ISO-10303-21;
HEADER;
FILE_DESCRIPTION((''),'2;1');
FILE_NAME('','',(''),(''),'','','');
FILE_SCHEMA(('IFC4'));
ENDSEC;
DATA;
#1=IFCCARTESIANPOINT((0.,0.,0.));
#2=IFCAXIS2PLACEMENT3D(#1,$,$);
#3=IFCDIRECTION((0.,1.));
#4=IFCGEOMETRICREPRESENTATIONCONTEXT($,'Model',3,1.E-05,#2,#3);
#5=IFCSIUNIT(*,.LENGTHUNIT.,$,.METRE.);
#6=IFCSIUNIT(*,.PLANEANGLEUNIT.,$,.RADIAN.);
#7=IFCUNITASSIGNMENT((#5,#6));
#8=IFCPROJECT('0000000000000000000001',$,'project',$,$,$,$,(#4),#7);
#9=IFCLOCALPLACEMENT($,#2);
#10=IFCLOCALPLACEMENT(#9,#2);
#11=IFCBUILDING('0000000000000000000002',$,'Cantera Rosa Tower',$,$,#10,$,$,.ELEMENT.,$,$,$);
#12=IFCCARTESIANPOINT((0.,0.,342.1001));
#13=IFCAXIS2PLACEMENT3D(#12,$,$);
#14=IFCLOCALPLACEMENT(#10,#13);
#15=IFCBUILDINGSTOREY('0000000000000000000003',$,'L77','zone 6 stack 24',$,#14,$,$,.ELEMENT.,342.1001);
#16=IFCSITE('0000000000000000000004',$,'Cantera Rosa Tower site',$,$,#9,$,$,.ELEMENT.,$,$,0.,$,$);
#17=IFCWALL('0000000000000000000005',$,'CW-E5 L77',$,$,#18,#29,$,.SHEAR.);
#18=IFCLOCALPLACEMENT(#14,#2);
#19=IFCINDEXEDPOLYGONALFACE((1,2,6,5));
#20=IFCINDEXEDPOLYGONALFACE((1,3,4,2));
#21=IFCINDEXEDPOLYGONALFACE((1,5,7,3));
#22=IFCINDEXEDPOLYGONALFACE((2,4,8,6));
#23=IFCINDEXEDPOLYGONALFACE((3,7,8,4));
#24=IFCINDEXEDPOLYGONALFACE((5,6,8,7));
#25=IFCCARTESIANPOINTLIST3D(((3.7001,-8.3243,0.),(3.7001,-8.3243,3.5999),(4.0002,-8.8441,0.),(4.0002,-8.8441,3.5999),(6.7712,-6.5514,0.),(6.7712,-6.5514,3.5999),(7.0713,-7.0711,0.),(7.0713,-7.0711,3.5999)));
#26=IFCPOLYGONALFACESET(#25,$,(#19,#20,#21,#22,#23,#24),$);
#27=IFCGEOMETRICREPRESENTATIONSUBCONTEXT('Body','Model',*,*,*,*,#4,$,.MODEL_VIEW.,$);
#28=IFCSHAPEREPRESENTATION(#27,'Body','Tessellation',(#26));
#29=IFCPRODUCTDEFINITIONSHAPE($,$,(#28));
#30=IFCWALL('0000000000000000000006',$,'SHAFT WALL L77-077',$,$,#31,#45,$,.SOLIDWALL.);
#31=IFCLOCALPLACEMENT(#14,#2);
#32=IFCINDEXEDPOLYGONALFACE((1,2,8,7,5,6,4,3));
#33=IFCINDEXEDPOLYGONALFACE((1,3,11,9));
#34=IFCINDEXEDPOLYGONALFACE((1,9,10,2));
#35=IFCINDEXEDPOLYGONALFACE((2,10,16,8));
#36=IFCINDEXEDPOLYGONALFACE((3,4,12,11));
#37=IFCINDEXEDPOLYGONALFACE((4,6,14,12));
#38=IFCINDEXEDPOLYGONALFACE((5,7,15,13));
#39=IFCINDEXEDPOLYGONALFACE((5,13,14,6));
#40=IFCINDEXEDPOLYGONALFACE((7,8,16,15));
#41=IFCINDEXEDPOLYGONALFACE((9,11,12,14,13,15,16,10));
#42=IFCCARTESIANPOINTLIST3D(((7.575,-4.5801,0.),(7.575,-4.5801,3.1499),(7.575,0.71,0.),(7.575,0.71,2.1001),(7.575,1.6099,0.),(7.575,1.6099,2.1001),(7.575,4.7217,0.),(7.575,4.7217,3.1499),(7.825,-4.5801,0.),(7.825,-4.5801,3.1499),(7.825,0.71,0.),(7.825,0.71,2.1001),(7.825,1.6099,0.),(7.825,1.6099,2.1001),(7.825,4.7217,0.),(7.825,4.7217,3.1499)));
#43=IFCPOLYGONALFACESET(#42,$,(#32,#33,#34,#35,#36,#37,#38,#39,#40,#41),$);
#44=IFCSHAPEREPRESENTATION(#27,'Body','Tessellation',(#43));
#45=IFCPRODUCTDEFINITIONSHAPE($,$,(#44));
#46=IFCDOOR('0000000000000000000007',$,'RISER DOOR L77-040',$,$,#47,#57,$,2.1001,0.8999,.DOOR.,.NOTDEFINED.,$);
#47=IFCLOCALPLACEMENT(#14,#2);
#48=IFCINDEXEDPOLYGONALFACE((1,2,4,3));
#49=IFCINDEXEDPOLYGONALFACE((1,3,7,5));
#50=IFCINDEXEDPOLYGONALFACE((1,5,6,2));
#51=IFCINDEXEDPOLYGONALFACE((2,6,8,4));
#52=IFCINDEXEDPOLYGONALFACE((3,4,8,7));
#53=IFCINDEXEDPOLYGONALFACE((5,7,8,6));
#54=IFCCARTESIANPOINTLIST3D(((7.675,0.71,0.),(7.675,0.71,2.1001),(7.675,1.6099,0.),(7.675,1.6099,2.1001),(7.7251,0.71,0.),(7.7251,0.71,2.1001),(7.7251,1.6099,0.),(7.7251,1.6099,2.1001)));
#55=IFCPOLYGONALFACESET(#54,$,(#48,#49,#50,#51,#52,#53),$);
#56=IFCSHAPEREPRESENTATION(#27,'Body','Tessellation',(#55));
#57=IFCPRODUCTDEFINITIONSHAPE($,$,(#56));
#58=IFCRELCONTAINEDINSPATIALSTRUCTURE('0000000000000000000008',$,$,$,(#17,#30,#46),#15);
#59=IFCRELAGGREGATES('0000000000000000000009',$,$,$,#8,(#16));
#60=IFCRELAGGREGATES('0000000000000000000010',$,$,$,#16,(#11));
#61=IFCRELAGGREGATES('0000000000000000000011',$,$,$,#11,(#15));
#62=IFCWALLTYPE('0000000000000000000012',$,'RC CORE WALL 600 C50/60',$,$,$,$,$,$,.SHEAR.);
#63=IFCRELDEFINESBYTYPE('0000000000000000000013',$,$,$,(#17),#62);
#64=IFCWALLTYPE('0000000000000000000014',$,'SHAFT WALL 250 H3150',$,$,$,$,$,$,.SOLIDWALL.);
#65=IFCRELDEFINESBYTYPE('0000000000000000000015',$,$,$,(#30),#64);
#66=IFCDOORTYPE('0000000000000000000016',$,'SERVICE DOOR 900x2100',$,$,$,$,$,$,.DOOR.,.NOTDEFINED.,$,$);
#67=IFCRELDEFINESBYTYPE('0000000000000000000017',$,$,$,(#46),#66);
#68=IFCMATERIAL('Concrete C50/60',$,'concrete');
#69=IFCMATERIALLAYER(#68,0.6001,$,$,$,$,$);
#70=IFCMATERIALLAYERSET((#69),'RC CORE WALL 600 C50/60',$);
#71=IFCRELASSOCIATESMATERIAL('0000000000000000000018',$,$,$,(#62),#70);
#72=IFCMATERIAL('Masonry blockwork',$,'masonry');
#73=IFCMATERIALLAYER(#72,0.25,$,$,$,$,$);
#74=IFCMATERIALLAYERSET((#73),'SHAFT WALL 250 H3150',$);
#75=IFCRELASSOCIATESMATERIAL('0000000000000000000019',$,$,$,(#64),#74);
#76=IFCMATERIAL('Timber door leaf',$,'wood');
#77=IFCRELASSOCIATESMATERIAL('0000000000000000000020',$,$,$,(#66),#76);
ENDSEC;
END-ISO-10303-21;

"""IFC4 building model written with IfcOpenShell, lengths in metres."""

from ifc_helpers import new_model, si_unit, direction, frame, frame_2d, origin, place, context, subcontext, project, spatial, rectangle, extrude, material, layer, layer_set, type_object, element, fill, save


model = new_model("IFC4")

# Units and contexts
model_context = context("Model", 3, precision=1e-05, world=origin(), true_north=direction((0.0, 1.0)))
body_context = subcontext(model_context, "Body", "Model", "MODEL_VIEW")
ifc_project = project(units=[si_unit("LENGTHUNIT", "METRE"), si_unit("PLANEANGLEUNIT", "RADIAN")], contexts=[model_context])

# Site, building, storey
site_placement = place(None, origin())
site = spatial("IfcSite", under=ifc_project, at=site_placement, Name="Cantera Rosa Tower site", CompositionType="ELEMENT", RefElevation=0.0)
building_placement = place(site_placement, origin())
building = spatial("IfcBuilding", under=site, at=building_placement, Name="Cantera Rosa Tower", CompositionType="ELEMENT")
storey_placement = place(building_placement, frame((0.0, 0.0, 342.1001)))
storey = spatial("IfcBuildingStorey", under=building, at=storey_placement, Name="L77", Description="zone 6 stack 24", CompositionType="ELEMENT", Elevation=342.1001)

# Wall
ifc_material_1 = material(Name="Concrete C50/60", Category="concrete")
ifc_layer_1 = layer(ifc_material_1, 0.6001)
ifc_layer_set_1 = layer_set([ifc_layer_1], Name="RC CORE WALL 600 C50/60")
wall_type_1 = type_object("IfcWallType", Name="RC CORE WALL 600 C50/60", PredefinedType="SHEAR", material=ifc_layer_set_1)
wall_1_placement = place(storey_placement, frame((6.9211, -6.8113, 0.0), z_axis=(0.0, 0.0, 1.0), x_axis=(-0.86604, -0.499975, 0.0)))
element("IfcWall", 1, at=wall_1_placement, inside=storey, type_object=wall_type_1, Name="CW-E5 L77", PredefinedType="SHEAR", context=body_context, shape_type="SweptSolid", body=[
    extrude(rectangle(XDim=3.5461, YDim=0.6001, at=frame_2d((1.7729, 0.0))), origin(), (0.0, 0.0, 1.0), 3.5999),
])
ifc_material_2 = material(Name="Masonry blockwork", Category="masonry")
ifc_layer_2 = layer(ifc_material_2, 0.25)
ifc_layer_set_2 = layer_set([ifc_layer_2], Name="SHAFT WALL 250 H3150")
wall_type_2 = type_object("IfcWallType", Name="SHAFT WALL 250 H3150", PredefinedType="SOLIDWALL", material=ifc_layer_set_2)

# Wall, opening, door
wall_2_placement = place(storey_placement, frame((7.7, -4.5801, 0.0), z_axis=(0.0, 0.0, 1.0), x_axis=(0.0, 1.0, 0.0)))
wall_2 = element("IfcWall", 2, at=wall_2_placement, inside=storey, type_object=wall_type_2, Name="SHAFT WALL L77-077", PredefinedType="SOLIDWALL", context=body_context, shape_type="SweptSolid", body=[
    extrude(rectangle(XDim=9.3018, YDim=0.25, at=frame_2d((4.6509, 0.0))), origin(), (0.0, 0.0, 1.0), 3.1499),
])
opening_placement = place(wall_2_placement, frame((5.29, 0.0, 0.0)))
opening = element("IfcOpeningElement", 3, at=opening_placement, cuts=wall_2, PredefinedType="OPENING", context=body_context, shape_type="SweptSolid", body=[
    extrude(rectangle(XDim=0.8999, YDim=2.1001, at=frame_2d((0.45, 1.05))), frame((0.0, 0.135, 0.0), z_axis=(0.0, -1.0, 0.0), x_axis=(1.0, 0.0, 0.0)), (0.0, 0.0, 1.0), 0.27),
])
ifc_material_3 = material(Name="Timber door leaf", Category="wood")
door_type = type_object("IfcDoorType", Name="SERVICE DOOR 900x2100", OperationType="NOTDEFINED", PredefinedType="DOOR", material=ifc_material_3)
door_placement = place(opening_placement, origin())
door = element("IfcDoor", 4, at=door_placement, inside=storey, type_object=door_type, Name="RISER DOOR L77-040", OperationType="NOTDEFINED", OverallHeight=2.1001, OverallWidth=0.8999, PredefinedType="DOOR", context=body_context, shape_type="SweptSolid", body=[
    extrude(rectangle(XDim=0.8999, YDim=2.1001, at=frame_2d((0.45, 1.05))), frame((0.0, 0.0249, 0.0), z_axis=(0.0, -1.0, 0.0), x_axis=(1.0, 0.0, 0.0)), (0.0, 0.0, 1.0), 0.05),
])
fill(opening, door)

save(model, "model.ifc")
